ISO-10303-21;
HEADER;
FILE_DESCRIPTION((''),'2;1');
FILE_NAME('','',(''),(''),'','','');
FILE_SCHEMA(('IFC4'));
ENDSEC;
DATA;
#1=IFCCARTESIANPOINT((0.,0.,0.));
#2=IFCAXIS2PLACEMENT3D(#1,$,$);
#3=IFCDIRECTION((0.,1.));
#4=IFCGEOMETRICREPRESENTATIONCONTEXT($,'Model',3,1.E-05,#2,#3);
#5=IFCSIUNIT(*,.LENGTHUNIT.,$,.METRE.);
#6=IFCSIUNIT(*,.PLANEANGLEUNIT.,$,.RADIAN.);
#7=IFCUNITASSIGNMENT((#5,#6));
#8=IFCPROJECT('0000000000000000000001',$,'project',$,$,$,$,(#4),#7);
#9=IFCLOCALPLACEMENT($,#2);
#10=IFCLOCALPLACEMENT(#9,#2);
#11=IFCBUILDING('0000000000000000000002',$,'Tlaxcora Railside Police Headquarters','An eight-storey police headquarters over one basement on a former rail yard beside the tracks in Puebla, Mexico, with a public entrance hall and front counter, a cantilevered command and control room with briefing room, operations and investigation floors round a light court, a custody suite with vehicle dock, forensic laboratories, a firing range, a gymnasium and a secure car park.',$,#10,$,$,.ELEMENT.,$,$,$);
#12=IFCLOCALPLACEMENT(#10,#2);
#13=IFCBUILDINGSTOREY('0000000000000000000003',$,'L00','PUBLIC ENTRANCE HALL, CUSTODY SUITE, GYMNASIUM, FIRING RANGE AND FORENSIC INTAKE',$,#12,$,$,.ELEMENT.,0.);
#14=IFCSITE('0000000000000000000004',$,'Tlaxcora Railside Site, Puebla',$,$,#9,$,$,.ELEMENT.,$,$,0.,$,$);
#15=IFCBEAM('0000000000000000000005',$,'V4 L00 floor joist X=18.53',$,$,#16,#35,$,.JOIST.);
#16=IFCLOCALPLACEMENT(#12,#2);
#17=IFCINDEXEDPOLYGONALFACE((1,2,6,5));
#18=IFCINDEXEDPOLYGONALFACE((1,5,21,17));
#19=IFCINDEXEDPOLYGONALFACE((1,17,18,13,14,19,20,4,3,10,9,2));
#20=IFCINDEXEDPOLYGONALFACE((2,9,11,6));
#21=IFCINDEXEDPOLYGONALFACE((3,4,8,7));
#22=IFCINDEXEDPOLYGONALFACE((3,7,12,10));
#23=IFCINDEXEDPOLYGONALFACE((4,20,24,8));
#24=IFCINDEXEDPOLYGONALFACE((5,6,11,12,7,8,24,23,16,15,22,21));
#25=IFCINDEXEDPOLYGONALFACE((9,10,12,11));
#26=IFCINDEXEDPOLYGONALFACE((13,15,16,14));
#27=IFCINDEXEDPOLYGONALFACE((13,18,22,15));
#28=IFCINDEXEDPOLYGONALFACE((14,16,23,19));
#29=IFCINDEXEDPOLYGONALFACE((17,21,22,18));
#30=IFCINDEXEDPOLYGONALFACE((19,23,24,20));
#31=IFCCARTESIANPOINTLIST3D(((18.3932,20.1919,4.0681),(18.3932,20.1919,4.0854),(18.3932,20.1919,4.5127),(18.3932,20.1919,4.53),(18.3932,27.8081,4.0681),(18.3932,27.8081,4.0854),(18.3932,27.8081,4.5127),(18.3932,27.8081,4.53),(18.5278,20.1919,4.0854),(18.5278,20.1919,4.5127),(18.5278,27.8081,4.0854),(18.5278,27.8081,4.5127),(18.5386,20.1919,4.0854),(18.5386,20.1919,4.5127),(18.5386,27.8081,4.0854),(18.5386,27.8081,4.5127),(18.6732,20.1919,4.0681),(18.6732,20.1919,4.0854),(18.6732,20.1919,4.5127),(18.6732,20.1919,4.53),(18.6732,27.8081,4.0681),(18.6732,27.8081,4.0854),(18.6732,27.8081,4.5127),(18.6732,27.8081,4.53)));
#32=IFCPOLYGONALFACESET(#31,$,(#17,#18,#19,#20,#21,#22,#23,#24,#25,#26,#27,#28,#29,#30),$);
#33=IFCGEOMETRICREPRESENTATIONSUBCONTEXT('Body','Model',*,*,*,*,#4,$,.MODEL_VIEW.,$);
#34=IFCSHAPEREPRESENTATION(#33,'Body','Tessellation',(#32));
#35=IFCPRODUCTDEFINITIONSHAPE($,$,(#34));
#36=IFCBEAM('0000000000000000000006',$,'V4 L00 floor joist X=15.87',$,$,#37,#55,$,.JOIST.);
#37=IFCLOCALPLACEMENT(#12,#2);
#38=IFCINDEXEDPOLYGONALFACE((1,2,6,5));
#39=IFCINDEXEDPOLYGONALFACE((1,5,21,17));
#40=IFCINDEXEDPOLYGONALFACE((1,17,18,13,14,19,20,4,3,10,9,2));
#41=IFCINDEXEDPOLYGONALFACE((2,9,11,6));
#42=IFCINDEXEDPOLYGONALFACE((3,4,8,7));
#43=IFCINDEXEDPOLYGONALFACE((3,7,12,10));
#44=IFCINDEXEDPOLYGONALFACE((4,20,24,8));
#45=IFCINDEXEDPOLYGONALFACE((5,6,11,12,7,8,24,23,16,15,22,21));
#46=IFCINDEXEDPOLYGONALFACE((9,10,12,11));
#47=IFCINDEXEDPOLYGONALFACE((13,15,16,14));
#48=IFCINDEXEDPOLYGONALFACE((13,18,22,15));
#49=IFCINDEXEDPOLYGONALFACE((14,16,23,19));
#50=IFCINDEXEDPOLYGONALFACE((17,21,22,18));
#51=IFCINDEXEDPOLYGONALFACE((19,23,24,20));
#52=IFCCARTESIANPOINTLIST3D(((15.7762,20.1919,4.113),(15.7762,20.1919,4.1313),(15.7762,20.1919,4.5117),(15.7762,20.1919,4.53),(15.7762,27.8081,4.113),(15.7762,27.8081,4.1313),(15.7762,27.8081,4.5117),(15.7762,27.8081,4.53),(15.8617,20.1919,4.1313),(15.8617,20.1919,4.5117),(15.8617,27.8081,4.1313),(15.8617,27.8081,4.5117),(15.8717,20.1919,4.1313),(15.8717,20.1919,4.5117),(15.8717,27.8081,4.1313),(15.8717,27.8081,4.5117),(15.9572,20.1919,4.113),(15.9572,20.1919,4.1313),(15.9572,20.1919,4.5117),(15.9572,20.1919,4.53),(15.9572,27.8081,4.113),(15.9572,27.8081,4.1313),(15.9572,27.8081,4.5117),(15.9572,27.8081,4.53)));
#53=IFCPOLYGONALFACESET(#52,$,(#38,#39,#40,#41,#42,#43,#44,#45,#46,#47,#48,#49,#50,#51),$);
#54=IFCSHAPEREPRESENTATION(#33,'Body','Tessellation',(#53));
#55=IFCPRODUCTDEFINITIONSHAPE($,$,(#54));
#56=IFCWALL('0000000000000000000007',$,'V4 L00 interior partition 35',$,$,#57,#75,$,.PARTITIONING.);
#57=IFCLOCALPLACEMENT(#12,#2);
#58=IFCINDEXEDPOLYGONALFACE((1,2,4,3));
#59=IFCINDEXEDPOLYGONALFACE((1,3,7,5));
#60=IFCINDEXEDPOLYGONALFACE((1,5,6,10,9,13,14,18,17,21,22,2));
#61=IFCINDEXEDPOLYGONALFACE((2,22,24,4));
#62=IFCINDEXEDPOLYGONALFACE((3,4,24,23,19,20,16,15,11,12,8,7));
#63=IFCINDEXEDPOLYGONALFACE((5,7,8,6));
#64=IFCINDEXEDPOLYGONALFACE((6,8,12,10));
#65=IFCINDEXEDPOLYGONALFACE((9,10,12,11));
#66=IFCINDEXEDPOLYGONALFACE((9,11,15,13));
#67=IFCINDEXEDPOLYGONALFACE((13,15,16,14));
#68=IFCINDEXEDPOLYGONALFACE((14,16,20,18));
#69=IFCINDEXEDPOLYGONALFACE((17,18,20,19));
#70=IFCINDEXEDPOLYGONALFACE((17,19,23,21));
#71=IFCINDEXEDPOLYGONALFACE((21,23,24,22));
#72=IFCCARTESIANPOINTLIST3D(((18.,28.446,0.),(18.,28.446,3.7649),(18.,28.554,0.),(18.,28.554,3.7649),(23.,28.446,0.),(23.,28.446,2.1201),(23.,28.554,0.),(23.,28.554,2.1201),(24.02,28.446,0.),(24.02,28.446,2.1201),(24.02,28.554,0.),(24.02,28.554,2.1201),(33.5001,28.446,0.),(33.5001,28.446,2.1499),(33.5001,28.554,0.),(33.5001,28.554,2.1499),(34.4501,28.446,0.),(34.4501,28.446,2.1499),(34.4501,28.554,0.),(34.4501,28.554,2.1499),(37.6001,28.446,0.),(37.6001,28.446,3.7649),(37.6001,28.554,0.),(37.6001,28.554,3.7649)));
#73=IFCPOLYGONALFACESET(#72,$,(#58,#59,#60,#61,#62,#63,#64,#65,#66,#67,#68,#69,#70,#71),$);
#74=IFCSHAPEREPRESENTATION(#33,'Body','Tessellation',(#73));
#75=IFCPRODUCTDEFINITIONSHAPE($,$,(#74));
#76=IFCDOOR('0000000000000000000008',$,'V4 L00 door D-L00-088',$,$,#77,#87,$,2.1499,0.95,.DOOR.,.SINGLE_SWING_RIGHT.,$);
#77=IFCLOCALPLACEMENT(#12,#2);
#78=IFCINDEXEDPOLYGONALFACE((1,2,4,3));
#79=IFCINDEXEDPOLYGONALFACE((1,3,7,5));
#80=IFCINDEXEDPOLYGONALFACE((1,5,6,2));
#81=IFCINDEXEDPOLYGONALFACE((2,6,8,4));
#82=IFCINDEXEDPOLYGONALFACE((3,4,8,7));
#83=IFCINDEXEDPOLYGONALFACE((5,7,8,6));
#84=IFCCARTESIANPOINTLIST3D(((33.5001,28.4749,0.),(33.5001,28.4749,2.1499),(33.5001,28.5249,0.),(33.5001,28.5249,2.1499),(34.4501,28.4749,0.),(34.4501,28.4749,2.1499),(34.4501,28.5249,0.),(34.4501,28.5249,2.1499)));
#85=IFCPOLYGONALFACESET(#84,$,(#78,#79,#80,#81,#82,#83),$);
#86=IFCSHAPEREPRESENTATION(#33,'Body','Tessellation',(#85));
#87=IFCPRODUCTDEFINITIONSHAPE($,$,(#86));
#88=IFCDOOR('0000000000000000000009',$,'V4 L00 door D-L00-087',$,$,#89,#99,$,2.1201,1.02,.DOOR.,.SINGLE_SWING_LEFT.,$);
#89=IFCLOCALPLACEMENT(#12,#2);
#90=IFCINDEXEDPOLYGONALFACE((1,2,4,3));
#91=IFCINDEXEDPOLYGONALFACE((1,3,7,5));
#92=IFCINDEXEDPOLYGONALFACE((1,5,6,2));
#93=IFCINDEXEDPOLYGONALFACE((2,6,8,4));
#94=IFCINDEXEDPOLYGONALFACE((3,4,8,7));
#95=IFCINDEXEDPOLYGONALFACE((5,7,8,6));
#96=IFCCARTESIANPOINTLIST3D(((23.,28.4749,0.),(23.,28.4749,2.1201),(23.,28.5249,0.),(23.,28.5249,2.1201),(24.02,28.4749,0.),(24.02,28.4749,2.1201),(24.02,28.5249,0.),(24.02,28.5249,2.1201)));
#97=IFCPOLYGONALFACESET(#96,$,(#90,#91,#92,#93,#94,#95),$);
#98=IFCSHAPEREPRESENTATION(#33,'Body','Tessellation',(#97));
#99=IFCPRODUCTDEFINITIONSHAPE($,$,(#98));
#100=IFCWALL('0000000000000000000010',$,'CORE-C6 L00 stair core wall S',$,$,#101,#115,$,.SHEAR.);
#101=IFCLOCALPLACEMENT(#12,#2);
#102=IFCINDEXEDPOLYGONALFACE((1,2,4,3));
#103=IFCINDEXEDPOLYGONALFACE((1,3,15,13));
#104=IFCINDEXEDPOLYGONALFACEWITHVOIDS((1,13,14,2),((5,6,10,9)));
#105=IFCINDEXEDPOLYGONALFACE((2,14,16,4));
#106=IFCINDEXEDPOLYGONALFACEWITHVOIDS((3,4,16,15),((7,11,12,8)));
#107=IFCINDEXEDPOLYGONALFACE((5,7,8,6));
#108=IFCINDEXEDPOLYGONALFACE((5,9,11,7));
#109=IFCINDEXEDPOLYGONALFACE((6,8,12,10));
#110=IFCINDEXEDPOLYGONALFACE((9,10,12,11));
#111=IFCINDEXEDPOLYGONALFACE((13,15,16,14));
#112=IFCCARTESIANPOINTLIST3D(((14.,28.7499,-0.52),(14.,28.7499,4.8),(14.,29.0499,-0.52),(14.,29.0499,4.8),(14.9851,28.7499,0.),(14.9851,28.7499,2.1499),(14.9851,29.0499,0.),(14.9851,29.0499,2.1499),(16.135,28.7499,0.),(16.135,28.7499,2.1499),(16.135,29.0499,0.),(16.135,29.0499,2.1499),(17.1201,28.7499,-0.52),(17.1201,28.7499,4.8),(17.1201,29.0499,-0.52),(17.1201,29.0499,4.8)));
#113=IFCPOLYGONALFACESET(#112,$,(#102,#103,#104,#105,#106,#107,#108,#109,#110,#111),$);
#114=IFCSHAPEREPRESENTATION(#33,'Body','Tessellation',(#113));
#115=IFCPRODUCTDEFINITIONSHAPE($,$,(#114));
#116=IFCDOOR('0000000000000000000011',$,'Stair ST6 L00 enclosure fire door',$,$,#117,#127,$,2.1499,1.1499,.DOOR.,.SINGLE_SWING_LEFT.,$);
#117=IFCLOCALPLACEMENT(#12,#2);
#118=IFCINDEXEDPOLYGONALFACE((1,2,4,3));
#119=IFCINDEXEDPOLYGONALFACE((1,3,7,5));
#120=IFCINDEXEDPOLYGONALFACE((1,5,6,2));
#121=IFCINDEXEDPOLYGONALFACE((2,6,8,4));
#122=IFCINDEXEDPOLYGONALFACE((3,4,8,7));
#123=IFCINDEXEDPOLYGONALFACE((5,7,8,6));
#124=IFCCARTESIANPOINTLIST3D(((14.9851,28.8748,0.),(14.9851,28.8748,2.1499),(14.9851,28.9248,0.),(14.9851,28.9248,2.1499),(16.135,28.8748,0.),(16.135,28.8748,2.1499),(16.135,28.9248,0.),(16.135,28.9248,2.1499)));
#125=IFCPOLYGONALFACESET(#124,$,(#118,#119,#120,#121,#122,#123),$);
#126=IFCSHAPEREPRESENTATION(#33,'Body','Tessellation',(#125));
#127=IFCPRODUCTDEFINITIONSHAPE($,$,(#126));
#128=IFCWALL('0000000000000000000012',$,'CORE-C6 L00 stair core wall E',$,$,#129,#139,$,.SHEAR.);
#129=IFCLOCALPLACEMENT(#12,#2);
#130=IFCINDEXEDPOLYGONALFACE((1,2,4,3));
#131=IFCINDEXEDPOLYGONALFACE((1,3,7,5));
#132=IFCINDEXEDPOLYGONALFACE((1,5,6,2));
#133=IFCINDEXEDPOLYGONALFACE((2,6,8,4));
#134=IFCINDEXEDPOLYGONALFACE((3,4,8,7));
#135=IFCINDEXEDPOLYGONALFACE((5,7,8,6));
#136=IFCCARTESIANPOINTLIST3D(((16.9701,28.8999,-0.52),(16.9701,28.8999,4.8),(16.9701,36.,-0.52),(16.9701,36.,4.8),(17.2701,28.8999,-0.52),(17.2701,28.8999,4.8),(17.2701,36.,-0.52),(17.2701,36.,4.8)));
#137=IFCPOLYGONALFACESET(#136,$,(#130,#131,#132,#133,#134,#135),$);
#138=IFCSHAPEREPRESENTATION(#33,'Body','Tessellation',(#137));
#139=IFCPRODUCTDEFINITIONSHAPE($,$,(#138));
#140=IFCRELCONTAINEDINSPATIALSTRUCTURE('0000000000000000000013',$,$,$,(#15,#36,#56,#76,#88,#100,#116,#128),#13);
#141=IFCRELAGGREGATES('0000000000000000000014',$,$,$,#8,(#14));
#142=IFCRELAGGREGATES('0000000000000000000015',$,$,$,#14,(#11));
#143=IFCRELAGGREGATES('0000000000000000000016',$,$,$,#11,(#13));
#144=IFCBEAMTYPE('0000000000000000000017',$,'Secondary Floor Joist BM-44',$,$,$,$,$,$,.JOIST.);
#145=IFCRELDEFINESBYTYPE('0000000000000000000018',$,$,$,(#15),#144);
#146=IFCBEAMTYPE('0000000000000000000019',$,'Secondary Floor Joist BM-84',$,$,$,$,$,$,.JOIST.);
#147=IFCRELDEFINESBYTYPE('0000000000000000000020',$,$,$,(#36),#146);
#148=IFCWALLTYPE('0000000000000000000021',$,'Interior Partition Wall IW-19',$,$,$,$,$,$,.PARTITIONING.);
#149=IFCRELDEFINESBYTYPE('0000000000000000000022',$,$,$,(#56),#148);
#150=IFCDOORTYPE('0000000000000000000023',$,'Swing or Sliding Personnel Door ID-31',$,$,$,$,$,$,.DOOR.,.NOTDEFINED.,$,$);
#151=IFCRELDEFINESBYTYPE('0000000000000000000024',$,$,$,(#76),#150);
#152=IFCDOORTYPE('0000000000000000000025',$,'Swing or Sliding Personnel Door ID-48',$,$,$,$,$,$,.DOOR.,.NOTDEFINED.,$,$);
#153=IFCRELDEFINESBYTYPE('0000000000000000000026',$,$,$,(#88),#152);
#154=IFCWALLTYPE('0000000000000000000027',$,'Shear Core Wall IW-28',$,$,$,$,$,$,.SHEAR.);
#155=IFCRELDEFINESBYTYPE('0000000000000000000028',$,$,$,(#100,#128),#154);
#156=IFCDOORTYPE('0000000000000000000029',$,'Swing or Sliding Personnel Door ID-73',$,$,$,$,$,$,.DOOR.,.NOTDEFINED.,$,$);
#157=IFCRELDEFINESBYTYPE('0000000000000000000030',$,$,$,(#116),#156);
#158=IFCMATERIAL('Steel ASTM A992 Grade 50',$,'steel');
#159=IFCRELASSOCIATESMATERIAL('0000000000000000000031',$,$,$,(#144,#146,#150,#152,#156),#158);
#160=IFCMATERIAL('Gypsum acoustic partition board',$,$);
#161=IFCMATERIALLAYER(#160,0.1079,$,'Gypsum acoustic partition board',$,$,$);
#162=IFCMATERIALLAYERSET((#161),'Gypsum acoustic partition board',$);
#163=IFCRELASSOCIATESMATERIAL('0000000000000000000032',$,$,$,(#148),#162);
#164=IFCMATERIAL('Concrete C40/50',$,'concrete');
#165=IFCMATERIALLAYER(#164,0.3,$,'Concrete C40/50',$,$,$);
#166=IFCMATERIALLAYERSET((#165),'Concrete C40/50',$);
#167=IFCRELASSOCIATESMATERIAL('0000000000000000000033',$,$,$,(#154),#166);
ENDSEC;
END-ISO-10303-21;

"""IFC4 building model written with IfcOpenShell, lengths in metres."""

from ifc_helpers import new_model, si_unit, direction, frame, frame_2d, origin, origin_2d, place, context, subcontext, project, spatial, rectangle, i_section, extrude, material, layer, layer_set, material_profile, profile_set, type_object, element, fill, save


model = new_model("IFC4")

# Units and contexts
model_context = context("Model", 3, precision=1e-05, world=origin(), true_north=direction((0.0, 1.0)))
body_context = subcontext(model_context, "Body", "Model", "MODEL_VIEW")
ifc_project = project(units=[si_unit("LENGTHUNIT", "METRE"), si_unit("PLANEANGLEUNIT", "RADIAN")], contexts=[model_context])

# Site, building, storey
site_placement = place(None, origin())
site = spatial("IfcSite", under=ifc_project, at=site_placement, Name="Tlaxcora Railside Site, Puebla", CompositionType="ELEMENT", RefElevation=0.0)
building_placement = place(site_placement, origin())
building = spatial("IfcBuilding", under=site, at=building_placement, Name="Tlaxcora Railside Police Headquarters", Description="An eight-storey police headquarters over one basement on a former rail yard beside the tracks in Puebla, Mexico, with a public entrance hall and front counter, a cantilevered command and control room with briefing room, operations and investigation floors round a light court, a custody suite with vehicle dock, forensic laboratories, a firing range, a gymnasium and a secure car park.", CompositionType="ELEMENT")
storey_placement = place(building_placement, origin())
storey = spatial("IfcBuildingStorey", under=building, at=storey_placement, Name="L00", Description="PUBLIC ENTRANCE HALL, CUSTODY SUITE, GYMNASIUM, FIRING RANGE AND FORENSIC INTAKE", CompositionType="ELEMENT", Elevation=0.0)

# Shared definitions
ifc_material_1 = material(Name="Concrete C40/50", Category="concrete")

# Beams
ifc_material_2 = material(Name="Steel ASTM A992 Grade 50", Category="steel")
ifc_material_profile_1 = material_profile(ifc_material_2, i_section(OverallWidth=0.28, OverallDepth=0.4619, WebThickness=0.0107, FlangeThickness=0.0173, at=origin_2d()), Name="W18X76")
ifc_profile_set_1 = profile_set([ifc_material_profile_1], Name="Steel ASTM A992 Grade 50")
beam_type_1 = type_object("IfcBeamType", Name="Secondary Floor Joist BM-44", PredefinedType="JOIST", material=ifc_profile_set_1)
beam_1_placement = place(storey_placement, frame((18.5332, 20.1919, 4.2991), z_axis=(0.0, 1.0, 0.0), x_axis=(-1.0, 0.0, 0.0)))
element("IfcBeam", 1, at=beam_1_placement, inside=storey, type_object=beam_type_1, Name="V4 L00 floor joist X=18.53", PredefinedType="JOIST", context=body_context, shape_type="SweptSolid", body=[
    extrude(i_section(OverallWidth=0.28, OverallDepth=0.4619, WebThickness=0.0107, FlangeThickness=0.0173, at=origin_2d()), origin(), (0.0, 0.0, 1.0), 7.6162),
])
ifc_material_profile_2 = material_profile(ifc_material_2, i_section(OverallWidth=0.1809, OverallDepth=0.417, WebThickness=0.01, FlangeThickness=0.0183, at=origin_2d()), Name="W16X57")
ifc_profile_set_2 = profile_set([ifc_material_profile_2], Name="Steel ASTM A992 Grade 50")
beam_type_2 = type_object("IfcBeamType", Name="Secondary Floor Joist BM-84", PredefinedType="JOIST", material=ifc_profile_set_2)
beam_2_placement = place(storey_placement, frame((15.8667, 20.1919, 4.3215), z_axis=(0.0, 1.0, 0.0), x_axis=(-1.0, 0.0, 0.0)))
element("IfcBeam", 2, at=beam_2_placement, inside=storey, type_object=beam_type_2, Name="V4 L00 floor joist X=15.87", PredefinedType="JOIST", context=body_context, shape_type="SweptSolid", body=[
    extrude(i_section(OverallWidth=0.1809, OverallDepth=0.417, WebThickness=0.01, FlangeThickness=0.0183, at=origin_2d()), origin(), (0.0, 0.0, 1.0), 7.6162),
])

# Wall, openings, doors
ifc_material_3 = material(Name="Gypsum acoustic partition board")
ifc_layer_1 = layer(ifc_material_3, 0.1079, Name="Gypsum acoustic partition board")
ifc_layer_set_1 = layer_set([ifc_layer_1], Name="Gypsum acoustic partition board")
wall_type_1 = type_object("IfcWallType", Name="Interior Partition Wall IW-19", PredefinedType="PARTITIONING", material=ifc_layer_set_1)
wall_1_placement = place(storey_placement, frame((18.0, 28.5, 0.0), z_axis=(0.0, 0.0, 1.0), x_axis=(1.0, 0.0, 0.0)))
wall_1 = element("IfcWall", 3, at=wall_1_placement, inside=storey, type_object=wall_type_1, Name="V4 L00 interior partition 35", PredefinedType="PARTITIONING", context=body_context, shape_type="SweptSolid", body=[
    extrude(rectangle(XDim=19.6001, YDim=0.1079, at=frame_2d((9.8, 0.0))), origin(), (0.0, 0.0, 1.0), 3.7649),
])
opening_1_placement = place(wall_1_placement, frame((5.0, 0.0, 0.0)))
opening_1 = element("IfcOpeningElement", 4, at=opening_1_placement, cuts=wall_1, PredefinedType="OPENING", context=body_context, shape_type="SweptSolid", body=[
    extrude(rectangle(XDim=1.02, YDim=2.1201, at=frame_2d((0.51, 1.0601))), frame((0.0, 0.064, 0.0), z_axis=(0.0, -1.0, 0.0), x_axis=(1.0, 0.0, 0.0)), (0.0, 0.0, 1.0), 0.1279),
])
opening_2_placement = place(wall_1_placement, frame((15.5, 0.0, 0.0)))
opening_2 = element("IfcOpeningElement", 5, at=opening_2_placement, cuts=wall_1, PredefinedType="OPENING", context=body_context, shape_type="SweptSolid", body=[
    extrude(rectangle(XDim=0.95, YDim=2.1499, at=frame_2d((0.4751, 1.075))), frame((0.0, 0.064, 0.0), z_axis=(0.0, -1.0, 0.0), x_axis=(1.0, 0.0, 0.0)), (0.0, 0.0, 1.0), 0.1279),
])
door_type_1 = type_object("IfcDoorType", Name="Swing or Sliding Personnel Door ID-31", OperationType="NOTDEFINED", PredefinedType="DOOR", material=ifc_material_2)
door_1_placement = place(opening_2_placement, origin())
door_1 = element("IfcDoor", 6, at=door_1_placement, inside=storey, type_object=door_type_1, Name="V4 L00 door D-L00-088", OperationType="SINGLE_SWING_RIGHT", OverallHeight=2.1499, OverallWidth=0.95, PredefinedType="DOOR", context=body_context, shape_type="SweptSolid", body=[
    extrude(rectangle(XDim=0.95, YDim=2.1499, at=frame_2d((0.4751, 1.075))), frame((0.0, 0.0249, 0.0), z_axis=(0.0, -1.0, 0.0), x_axis=(1.0, 0.0, 0.0)), (0.0, 0.0, 1.0), 0.05),
])
fill(opening_2, door_1)
door_type_2 = type_object("IfcDoorType", Name="Swing or Sliding Personnel Door ID-48", OperationType="NOTDEFINED", PredefinedType="DOOR", material=ifc_material_2)
door_2_placement = place(opening_1_placement, origin())
door_2 = element("IfcDoor", 7, at=door_2_placement, inside=storey, type_object=door_type_2, Name="V4 L00 door D-L00-087", OperationType="SINGLE_SWING_LEFT", OverallHeight=2.1201, OverallWidth=1.02, PredefinedType="DOOR", context=body_context, shape_type="SweptSolid", body=[
    extrude(rectangle(XDim=1.02, YDim=2.1201, at=frame_2d((0.51, 1.0601))), frame((0.0, 0.0249, 0.0), z_axis=(0.0, -1.0, 0.0), x_axis=(1.0, 0.0, 0.0)), (0.0, 0.0, 1.0), 0.05),
])
fill(opening_1, door_2)

# Wall, opening, door
ifc_layer_2 = layer(ifc_material_1, 0.3, Name="Concrete C40/50")
ifc_layer_set_2 = layer_set([ifc_layer_2], Name="Concrete C40/50")
wall_type_2 = type_object("IfcWallType", Name="Shear Core Wall IW-28", PredefinedType="SHEAR", material=ifc_layer_set_2)
wall_2_placement = place(storey_placement, frame((14.0, 28.8999, -0.52), z_axis=(0.0, 0.0, 1.0), x_axis=(1.0, 0.0, 0.0)))
wall_2 = element("IfcWall", 8, at=wall_2_placement, inside=storey, type_object=wall_type_2, Name="CORE-C6 L00 stair core wall S", PredefinedType="SHEAR", context=body_context, shape_type="SweptSolid", body=[
    extrude(rectangle(XDim=3.1201, YDim=0.3, at=frame_2d((1.5601, 0.0))), origin(), (0.0, 0.0, 1.0), 5.3201),
])
opening_3_placement = place(wall_2_placement, frame((0.9851, 0.0, 0.52)))
opening_3 = element("IfcOpeningElement", 9, at=opening_3_placement, cuts=wall_2, PredefinedType="OPENING", context=body_context, shape_type="SweptSolid", body=[
    extrude(rectangle(XDim=1.1499, YDim=2.1499, at=frame_2d((0.575, 1.075))), frame((0.0, 0.1602, 0.0), z_axis=(0.0, -1.0, 0.0), x_axis=(1.0, 0.0, 0.0)), (0.0, 0.0, 1.0), 0.3201),
])
door_type_3 = type_object("IfcDoorType", Name="Swing or Sliding Personnel Door ID-73", OperationType="NOTDEFINED", PredefinedType="DOOR", material=ifc_material_2)
door_3_placement = place(opening_3_placement, origin())
door_3 = element("IfcDoor", 10, at=door_3_placement, inside=storey, type_object=door_type_3, Name="Stair ST6 L00 enclosure fire door", OperationType="SINGLE_SWING_LEFT", OverallHeight=2.1499, OverallWidth=1.1499, PredefinedType="DOOR", context=body_context, shape_type="SweptSolid", body=[
    extrude(rectangle(XDim=1.1499, YDim=2.1499, at=frame_2d((0.575, 1.075))), frame((0.0, 0.0249, 0.0), z_axis=(0.0, -1.0, 0.0), x_axis=(1.0, 0.0, 0.0)), (0.0, 0.0, 1.0), 0.05),
])
fill(opening_3, door_3)

# Wall
wall_3_placement = place(storey_placement, frame((17.1201, 28.8999, -0.52), z_axis=(0.0, 0.0, 1.0), x_axis=(0.0, 1.0, 0.0)))
element("IfcWall", 11, at=wall_3_placement, inside=storey, type_object=wall_type_2, Name="CORE-C6 L00 stair core wall E", PredefinedType="SHEAR", context=body_context, shape_type="SweptSolid", body=[
    extrude(rectangle(XDim=7.1001, YDim=0.3, at=frame_2d((3.55, 0.0))), origin(), (0.0, 0.0, 1.0), 5.3201),
])

save(model, "model.ifc")
